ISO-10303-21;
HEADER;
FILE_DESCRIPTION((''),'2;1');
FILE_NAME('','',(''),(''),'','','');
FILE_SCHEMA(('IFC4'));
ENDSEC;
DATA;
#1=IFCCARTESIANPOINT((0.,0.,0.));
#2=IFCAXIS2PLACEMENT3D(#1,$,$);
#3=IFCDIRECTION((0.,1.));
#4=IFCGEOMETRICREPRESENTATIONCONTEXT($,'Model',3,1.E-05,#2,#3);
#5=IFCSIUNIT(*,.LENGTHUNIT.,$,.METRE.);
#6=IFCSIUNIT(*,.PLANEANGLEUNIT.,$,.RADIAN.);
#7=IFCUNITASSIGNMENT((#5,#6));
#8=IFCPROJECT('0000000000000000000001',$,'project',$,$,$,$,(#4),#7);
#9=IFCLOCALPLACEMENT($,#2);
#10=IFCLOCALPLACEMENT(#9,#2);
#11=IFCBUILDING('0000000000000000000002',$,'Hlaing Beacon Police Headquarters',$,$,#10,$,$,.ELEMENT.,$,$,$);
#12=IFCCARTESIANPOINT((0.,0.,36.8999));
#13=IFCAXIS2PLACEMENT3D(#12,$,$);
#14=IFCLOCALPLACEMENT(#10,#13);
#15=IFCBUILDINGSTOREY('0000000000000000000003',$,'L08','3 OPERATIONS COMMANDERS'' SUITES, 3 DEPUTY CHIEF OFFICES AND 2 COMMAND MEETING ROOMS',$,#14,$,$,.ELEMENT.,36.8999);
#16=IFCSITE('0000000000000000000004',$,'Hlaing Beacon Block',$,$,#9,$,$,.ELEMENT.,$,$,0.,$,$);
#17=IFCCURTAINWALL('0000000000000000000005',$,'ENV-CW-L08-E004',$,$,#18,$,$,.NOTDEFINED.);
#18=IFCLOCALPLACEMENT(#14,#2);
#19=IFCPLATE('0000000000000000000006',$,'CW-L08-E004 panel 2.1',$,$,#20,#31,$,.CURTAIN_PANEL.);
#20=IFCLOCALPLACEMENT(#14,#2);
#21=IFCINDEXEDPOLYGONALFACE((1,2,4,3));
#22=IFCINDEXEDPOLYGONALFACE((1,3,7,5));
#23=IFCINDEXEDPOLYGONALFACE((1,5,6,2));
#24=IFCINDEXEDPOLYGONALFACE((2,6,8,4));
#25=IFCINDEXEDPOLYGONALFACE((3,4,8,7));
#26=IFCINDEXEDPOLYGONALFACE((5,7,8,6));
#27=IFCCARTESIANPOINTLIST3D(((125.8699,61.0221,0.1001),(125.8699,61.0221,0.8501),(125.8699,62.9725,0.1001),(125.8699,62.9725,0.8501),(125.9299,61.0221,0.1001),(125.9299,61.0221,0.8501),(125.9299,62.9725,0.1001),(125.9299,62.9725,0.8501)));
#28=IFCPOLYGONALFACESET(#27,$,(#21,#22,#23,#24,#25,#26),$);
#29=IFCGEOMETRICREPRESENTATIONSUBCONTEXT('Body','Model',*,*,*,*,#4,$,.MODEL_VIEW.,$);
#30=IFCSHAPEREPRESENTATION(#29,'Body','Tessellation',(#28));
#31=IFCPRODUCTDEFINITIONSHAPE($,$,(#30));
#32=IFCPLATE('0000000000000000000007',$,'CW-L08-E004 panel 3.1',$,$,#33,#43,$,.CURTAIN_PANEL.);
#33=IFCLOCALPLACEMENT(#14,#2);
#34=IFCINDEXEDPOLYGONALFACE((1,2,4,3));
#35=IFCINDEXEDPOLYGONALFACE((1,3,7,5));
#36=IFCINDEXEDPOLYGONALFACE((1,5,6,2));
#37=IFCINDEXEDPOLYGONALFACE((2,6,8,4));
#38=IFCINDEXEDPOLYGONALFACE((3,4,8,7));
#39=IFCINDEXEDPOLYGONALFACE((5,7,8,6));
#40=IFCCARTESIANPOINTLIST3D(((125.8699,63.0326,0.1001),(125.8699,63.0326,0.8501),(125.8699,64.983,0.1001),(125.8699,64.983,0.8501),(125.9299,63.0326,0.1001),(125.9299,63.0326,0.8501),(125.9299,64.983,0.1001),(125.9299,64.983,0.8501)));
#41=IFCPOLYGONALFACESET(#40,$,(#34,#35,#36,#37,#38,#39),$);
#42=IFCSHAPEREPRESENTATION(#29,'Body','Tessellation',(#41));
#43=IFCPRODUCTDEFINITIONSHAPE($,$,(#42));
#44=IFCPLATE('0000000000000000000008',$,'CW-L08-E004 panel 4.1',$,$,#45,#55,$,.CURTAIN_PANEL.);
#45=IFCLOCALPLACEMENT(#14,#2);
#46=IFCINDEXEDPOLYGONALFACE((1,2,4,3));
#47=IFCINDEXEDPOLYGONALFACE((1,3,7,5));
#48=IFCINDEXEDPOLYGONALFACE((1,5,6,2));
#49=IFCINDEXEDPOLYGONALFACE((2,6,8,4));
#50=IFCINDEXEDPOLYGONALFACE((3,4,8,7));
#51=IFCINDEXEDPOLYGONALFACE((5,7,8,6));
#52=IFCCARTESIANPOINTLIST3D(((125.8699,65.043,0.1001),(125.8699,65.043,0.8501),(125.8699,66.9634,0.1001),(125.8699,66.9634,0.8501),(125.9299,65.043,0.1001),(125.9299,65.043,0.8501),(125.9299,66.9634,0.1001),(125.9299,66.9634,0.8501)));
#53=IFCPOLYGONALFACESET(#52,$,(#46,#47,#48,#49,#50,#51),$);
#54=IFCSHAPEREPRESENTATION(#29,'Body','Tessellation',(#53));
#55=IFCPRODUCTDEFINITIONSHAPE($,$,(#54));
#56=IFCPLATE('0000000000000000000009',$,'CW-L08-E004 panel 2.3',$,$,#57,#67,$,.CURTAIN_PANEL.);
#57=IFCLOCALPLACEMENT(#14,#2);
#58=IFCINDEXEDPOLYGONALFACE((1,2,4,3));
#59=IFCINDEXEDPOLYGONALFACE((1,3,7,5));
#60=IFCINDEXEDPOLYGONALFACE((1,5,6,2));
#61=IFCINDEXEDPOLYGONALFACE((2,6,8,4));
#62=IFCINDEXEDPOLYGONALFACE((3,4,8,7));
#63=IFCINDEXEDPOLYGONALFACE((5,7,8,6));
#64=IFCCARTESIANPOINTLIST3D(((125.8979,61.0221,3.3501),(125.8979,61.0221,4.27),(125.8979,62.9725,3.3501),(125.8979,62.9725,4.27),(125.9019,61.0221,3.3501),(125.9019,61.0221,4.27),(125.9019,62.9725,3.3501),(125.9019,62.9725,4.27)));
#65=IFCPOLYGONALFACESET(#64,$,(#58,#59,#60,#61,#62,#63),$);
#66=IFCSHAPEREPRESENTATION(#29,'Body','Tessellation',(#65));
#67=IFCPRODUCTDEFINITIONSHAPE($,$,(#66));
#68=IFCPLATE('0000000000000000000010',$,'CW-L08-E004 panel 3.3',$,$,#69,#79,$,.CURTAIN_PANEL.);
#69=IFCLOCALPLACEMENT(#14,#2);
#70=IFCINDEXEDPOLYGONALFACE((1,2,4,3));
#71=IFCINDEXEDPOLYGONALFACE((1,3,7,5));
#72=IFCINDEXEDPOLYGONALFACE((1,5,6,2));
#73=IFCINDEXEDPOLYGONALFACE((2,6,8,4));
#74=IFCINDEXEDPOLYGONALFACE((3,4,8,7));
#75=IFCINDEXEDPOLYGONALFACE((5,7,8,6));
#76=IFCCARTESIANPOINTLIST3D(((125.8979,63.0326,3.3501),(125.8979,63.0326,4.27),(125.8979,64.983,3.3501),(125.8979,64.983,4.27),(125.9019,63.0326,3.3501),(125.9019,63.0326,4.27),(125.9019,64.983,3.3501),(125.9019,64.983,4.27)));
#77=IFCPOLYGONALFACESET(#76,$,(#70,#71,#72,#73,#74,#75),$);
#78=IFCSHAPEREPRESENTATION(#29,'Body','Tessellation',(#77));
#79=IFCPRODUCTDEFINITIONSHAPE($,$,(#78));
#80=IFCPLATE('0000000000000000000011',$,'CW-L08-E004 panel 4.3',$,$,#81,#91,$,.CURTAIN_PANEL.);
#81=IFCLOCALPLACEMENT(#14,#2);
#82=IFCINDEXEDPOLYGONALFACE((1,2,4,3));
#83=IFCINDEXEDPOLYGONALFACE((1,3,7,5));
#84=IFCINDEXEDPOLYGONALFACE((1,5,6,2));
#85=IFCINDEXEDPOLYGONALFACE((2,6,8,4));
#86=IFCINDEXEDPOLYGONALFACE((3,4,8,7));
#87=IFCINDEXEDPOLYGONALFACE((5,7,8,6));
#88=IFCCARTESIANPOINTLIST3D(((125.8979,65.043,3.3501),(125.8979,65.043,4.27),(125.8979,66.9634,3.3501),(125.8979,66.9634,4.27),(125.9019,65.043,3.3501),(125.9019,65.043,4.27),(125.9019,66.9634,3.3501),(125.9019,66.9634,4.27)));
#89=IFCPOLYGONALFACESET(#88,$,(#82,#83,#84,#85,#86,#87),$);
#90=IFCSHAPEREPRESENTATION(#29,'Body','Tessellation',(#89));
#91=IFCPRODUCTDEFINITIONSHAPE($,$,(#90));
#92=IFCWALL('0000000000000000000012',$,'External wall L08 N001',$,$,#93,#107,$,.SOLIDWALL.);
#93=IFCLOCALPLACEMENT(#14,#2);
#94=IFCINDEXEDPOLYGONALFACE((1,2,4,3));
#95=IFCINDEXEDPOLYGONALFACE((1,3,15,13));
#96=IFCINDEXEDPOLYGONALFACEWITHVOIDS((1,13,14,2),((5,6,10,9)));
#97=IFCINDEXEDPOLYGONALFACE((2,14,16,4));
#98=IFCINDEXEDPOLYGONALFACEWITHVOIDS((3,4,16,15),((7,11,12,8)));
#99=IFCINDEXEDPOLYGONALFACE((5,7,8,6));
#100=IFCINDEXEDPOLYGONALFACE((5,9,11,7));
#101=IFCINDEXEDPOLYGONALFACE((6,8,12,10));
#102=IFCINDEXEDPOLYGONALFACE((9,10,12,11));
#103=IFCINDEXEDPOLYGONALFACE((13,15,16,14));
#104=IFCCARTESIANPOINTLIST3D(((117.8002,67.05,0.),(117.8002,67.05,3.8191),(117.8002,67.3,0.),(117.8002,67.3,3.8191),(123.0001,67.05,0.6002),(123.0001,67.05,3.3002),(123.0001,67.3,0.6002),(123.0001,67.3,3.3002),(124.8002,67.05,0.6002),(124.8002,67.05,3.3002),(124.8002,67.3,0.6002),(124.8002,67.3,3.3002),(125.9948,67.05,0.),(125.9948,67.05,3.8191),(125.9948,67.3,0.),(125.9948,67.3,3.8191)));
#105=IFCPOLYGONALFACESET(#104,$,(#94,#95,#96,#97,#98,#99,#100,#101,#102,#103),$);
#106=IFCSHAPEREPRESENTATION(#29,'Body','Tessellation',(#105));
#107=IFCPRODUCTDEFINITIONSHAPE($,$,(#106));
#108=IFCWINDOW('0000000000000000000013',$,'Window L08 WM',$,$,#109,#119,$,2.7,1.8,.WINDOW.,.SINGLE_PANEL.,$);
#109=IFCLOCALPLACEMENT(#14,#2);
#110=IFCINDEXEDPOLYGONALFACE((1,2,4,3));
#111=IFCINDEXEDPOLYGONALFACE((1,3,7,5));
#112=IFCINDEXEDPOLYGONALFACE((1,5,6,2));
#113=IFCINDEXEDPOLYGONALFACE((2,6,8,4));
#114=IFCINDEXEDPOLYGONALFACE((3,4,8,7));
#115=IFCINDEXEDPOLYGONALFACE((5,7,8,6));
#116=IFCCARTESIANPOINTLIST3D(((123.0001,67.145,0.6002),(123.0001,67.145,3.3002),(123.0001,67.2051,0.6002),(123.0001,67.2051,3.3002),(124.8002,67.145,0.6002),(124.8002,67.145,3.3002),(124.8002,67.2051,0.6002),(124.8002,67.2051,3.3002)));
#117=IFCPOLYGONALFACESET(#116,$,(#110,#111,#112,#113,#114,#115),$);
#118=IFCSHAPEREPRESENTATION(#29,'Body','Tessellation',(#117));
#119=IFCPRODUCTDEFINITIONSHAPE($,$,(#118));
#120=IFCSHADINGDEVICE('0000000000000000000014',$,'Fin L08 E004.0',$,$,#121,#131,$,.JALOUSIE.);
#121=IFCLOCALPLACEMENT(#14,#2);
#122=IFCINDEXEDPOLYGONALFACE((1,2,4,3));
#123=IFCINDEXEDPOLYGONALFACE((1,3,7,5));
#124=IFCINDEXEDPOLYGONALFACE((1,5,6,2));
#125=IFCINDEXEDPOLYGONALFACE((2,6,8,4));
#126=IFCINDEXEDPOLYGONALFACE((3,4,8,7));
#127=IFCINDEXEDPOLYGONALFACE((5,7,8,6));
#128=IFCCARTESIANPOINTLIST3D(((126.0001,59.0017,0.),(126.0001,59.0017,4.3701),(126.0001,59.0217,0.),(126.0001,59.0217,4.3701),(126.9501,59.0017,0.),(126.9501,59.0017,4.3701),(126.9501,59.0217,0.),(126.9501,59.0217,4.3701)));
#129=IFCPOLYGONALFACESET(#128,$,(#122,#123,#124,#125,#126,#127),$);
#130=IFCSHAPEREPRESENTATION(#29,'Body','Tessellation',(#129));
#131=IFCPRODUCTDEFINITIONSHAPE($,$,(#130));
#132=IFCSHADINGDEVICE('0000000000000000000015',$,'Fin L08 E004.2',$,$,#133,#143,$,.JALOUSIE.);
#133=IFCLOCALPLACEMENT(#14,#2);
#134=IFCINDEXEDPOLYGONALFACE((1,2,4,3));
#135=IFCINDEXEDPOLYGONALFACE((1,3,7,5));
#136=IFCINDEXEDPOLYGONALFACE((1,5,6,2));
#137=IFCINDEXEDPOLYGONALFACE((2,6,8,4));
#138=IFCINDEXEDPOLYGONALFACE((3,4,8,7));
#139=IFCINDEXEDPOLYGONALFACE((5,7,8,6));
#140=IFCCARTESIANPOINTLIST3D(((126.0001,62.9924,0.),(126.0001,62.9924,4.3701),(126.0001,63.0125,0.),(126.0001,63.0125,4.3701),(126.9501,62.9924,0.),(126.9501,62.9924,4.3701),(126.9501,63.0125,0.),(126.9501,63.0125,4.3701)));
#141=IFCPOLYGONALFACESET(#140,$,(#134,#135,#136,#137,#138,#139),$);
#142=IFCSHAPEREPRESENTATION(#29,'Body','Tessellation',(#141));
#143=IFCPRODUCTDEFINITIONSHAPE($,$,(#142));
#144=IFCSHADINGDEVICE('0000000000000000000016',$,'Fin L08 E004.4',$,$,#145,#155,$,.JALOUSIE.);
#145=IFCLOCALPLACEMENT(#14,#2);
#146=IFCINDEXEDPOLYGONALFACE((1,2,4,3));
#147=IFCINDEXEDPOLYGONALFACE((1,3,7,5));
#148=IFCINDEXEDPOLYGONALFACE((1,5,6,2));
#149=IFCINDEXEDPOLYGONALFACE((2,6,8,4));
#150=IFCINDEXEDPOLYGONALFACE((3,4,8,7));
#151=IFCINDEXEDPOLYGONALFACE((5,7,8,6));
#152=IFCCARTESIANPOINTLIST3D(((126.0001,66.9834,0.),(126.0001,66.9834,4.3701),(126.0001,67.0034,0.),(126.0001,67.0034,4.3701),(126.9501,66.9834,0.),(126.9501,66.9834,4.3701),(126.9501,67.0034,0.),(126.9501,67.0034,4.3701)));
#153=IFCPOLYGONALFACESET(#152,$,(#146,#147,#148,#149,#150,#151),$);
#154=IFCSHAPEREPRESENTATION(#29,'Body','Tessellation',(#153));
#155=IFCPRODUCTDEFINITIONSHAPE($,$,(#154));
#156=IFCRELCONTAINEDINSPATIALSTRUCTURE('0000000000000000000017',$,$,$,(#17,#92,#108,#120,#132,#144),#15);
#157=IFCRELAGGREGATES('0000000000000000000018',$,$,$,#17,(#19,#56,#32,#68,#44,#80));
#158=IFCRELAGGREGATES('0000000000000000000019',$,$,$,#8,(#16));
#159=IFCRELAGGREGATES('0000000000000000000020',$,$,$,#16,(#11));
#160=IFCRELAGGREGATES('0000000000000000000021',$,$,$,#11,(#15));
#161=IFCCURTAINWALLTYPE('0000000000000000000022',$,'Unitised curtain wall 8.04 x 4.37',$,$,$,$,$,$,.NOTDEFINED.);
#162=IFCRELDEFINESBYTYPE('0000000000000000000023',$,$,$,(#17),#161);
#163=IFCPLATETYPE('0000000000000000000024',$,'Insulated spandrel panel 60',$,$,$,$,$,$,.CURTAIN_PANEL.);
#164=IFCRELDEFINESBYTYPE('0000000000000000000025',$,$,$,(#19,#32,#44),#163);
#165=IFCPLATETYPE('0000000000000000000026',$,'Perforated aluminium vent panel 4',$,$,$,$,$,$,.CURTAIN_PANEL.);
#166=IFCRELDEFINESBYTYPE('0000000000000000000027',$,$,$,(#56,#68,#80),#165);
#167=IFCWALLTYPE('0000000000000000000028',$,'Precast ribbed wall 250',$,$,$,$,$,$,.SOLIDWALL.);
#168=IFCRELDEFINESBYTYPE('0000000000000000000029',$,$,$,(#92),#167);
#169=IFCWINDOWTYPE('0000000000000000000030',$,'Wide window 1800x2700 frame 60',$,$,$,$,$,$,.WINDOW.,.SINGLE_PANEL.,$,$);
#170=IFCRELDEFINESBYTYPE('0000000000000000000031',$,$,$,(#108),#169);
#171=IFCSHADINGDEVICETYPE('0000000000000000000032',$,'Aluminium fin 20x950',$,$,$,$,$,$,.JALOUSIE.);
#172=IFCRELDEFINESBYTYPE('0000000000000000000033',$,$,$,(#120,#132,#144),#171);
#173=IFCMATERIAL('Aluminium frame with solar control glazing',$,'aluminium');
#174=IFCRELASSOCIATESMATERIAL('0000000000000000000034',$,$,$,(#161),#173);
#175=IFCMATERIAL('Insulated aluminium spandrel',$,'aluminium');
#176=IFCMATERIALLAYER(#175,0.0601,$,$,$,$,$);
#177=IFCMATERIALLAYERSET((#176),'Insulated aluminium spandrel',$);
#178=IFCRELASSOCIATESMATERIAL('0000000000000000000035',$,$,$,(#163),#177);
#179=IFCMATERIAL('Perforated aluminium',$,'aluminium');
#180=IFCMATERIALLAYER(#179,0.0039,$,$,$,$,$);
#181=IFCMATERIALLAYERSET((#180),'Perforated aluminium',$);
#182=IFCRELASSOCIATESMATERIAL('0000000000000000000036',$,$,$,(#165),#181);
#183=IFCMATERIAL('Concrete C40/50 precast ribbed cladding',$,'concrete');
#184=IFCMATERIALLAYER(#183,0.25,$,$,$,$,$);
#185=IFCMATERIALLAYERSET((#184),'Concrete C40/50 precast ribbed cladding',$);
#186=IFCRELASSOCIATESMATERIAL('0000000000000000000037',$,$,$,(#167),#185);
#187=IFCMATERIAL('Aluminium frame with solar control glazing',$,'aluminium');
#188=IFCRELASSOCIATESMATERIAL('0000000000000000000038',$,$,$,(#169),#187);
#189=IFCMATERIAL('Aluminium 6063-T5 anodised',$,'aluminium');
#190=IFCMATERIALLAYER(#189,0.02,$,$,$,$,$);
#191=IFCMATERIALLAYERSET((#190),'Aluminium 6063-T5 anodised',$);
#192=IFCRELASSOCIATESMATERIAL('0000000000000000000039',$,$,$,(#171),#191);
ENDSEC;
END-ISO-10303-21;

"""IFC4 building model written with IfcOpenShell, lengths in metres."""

from ifc_helpers import new_model, si_unit, direction, frame, frame_2d, origin, origin_2d, place, context, subcontext, project, spatial, rectangle, extrude, material, layer, layer_set, type_object, element, fill, aggregate, save


model = new_model("IFC4")

# Units and contexts
model_context = context("Model", 3, precision=1e-05, world=origin(), true_north=direction((0.0, 1.0)))
body_context = subcontext(model_context, "Body", "Model", "MODEL_VIEW")
ifc_project = project(units=[si_unit("LENGTHUNIT", "METRE"), si_unit("PLANEANGLEUNIT", "RADIAN")], contexts=[model_context])

# Site, building, storey
site_placement = place(None, origin())
site = spatial("IfcSite", under=ifc_project, at=site_placement, Name="Hlaing Beacon Block", CompositionType="ELEMENT", RefElevation=0.0)
building_placement = place(site_placement, origin())
building = spatial("IfcBuilding", under=site, at=building_placement, Name="Hlaing Beacon Police Headquarters", CompositionType="ELEMENT")
storey_placement = place(building_placement, frame((0.0, 0.0, 36.8999)))
storey = spatial("IfcBuildingStorey", under=building, at=storey_placement, Name="L08", Description="3 OPERATIONS COMMANDERS' SUITES, 3 DEPUTY CHIEF OFFICES AND 2 COMMAND MEETING ROOMS", CompositionType="ELEMENT", Elevation=36.8999)

# Curtain wall, plates
ifc_material_1 = material(Name="Aluminium frame with solar control glazing", Category="aluminium")
curtain_wall_type = type_object("IfcCurtainWallType", Name="Unitised curtain wall 8.04 x 4.37", PredefinedType="NOTDEFINED", material=ifc_material_1)
curtain_wall_placement = place(storey_placement, origin())
curtain_wall = element("IfcCurtainWall", 1, at=curtain_wall_placement, inside=storey, type_object=curtain_wall_type, Name="ENV-CW-L08-E004", PredefinedType="NOTDEFINED")
ifc_material_2 = material(Name="Insulated aluminium spandrel", Category="aluminium")
ifc_layer_1 = layer(ifc_material_2, 0.0601)
ifc_layer_set_1 = layer_set([ifc_layer_1], Name="Insulated aluminium spandrel")
plate_type_1 = type_object("IfcPlateType", Name="Insulated spandrel panel 60", PredefinedType="CURTAIN_PANEL", material=ifc_layer_set_1)
plate_1_placement = place(storey_placement, frame((125.8999, 61.9973, 0.1001), z_axis=(0.0, 0.0, 1.0), x_axis=(0.0, 1.0, 0.0)))
plate_1 = element("IfcPlate", 2, at=plate_1_placement, type_object=plate_type_1, Name="CW-L08-E004 panel 2.1", PredefinedType="CURTAIN_PANEL", context=body_context, shape_type="SweptSolid", body=[
    extrude(rectangle(XDim=1.9504, YDim=0.0601, at=origin_2d()), origin(), (0.0, 0.0, 1.0), 0.75),
])
plate_2_placement = place(storey_placement, frame((125.8999, 64.0078, 0.1001), z_axis=(0.0, 0.0, 1.0), x_axis=(0.0, 1.0, 0.0)))
plate_2 = element("IfcPlate", 3, at=plate_2_placement, type_object=plate_type_1, Name="CW-L08-E004 panel 3.1", PredefinedType="CURTAIN_PANEL", context=body_context, shape_type="SweptSolid", body=[
    extrude(rectangle(XDim=1.9504, YDim=0.0601, at=origin_2d()), origin(), (0.0, 0.0, 1.0), 0.75),
])
plate_3_placement = place(storey_placement, frame((125.8999, 66.0032, 0.1001), z_axis=(0.0, 0.0, 1.0), x_axis=(0.0, 1.0, 0.0)))
plate_3 = element("IfcPlate", 4, at=plate_3_placement, type_object=plate_type_1, Name="CW-L08-E004 panel 4.1", PredefinedType="CURTAIN_PANEL", context=body_context, shape_type="SweptSolid", body=[
    extrude(rectangle(XDim=1.9204, YDim=0.0601, at=origin_2d()), origin(), (0.0, 0.0, 1.0), 0.75),
])
ifc_material_3 = material(Name="Perforated aluminium", Category="aluminium")
ifc_layer_2 = layer(ifc_material_3, 0.0039)
ifc_layer_set_2 = layer_set([ifc_layer_2], Name="Perforated aluminium")
plate_type_2 = type_object("IfcPlateType", Name="Perforated aluminium vent panel 4", PredefinedType="CURTAIN_PANEL", material=ifc_layer_set_2)
plate_4_placement = place(storey_placement, frame((125.8999, 61.9973, 3.3501), z_axis=(0.0, 0.0, 1.0), x_axis=(0.0, 1.0, 0.0)))
plate_4 = element("IfcPlate", 5, at=plate_4_placement, type_object=plate_type_2, Name="CW-L08-E004 panel 2.3", PredefinedType="CURTAIN_PANEL", context=body_context, shape_type="SweptSolid", body=[
    extrude(rectangle(XDim=1.9504, YDim=0.0039, at=origin_2d()), origin(), (0.0, 0.0, 1.0), 0.9199),
])
plate_5_placement = place(storey_placement, frame((125.8999, 64.0078, 3.3501), z_axis=(0.0, 0.0, 1.0), x_axis=(0.0, 1.0, 0.0)))
plate_5 = element("IfcPlate", 6, at=plate_5_placement, type_object=plate_type_2, Name="CW-L08-E004 panel 3.3", PredefinedType="CURTAIN_PANEL", context=body_context, shape_type="SweptSolid", body=[
    extrude(rectangle(XDim=1.9504, YDim=0.0039, at=origin_2d()), origin(), (0.0, 0.0, 1.0), 0.9199),
])
plate_6_placement = place(storey_placement, frame((125.8999, 66.0032, 3.3501), z_axis=(0.0, 0.0, 1.0), x_axis=(0.0, 1.0, 0.0)))
plate_6 = element("IfcPlate", 7, at=plate_6_placement, type_object=plate_type_2, Name="CW-L08-E004 panel 4.3", PredefinedType="CURTAIN_PANEL", context=body_context, shape_type="SweptSolid", body=[
    extrude(rectangle(XDim=1.9204, YDim=0.0039, at=origin_2d()), origin(), (0.0, 0.0, 1.0), 0.9199),
])
aggregate(curtain_wall, [plate_1, plate_4, plate_2, plate_5, plate_3, plate_6])

# Wall, opening, window
ifc_material_4 = material(Name="Concrete C40/50 precast ribbed cladding", Category="concrete")
ifc_layer_3 = layer(ifc_material_4, 0.25)
ifc_layer_set_3 = layer_set([ifc_layer_3], Name="Concrete C40/50 precast ribbed cladding")
wall_type = type_object("IfcWallType", Name="Precast ribbed wall 250", PredefinedType="SOLIDWALL", material=ifc_layer_set_3)
wall_placement = place(storey_placement, frame((125.9946, 67.175, 0.0), z_axis=(0.0, 0.0, 1.0), x_axis=(-1.0, 0.0, 0.0)))
wall = element("IfcWall", 8, at=wall_placement, inside=storey, type_object=wall_type, Name="External wall L08 N001", PredefinedType="SOLIDWALL", context=body_context, shape_type="SweptSolid", body=[
    extrude(rectangle(XDim=8.1946, YDim=0.25, at=frame_2d((4.0972, 0.0))), origin(), (0.0, 0.0, 1.0), 3.8191),
])
opening_placement = place(wall_placement, frame((1.1946, 0.0, 0.6001)))
opening = element("IfcOpeningElement", 9, at=opening_placement, cuts=wall, PredefinedType="OPENING", context=body_context, shape_type="SweptSolid", body=[
    extrude(rectangle(XDim=1.8, YDim=2.7, at=frame_2d((0.8999, 1.3501))), frame((0.0, 0.135, 0.0), z_axis=(0.0, -1.0, 0.0), x_axis=(1.0, 0.0, 0.0)), (0.0, 0.0, 1.0), 0.27),
])
ifc_material_5 = material(Name="Aluminium frame with solar control glazing", Category="aluminium")
window_type = type_object("IfcWindowType", Name="Wide window 1800x2700 frame 60", PartitioningType="SINGLE_PANEL", PredefinedType="WINDOW", material=ifc_material_5)
window_placement = place(opening_placement, origin())
window = element("IfcWindow", 10, at=window_placement, inside=storey, type_object=window_type, Name="Window L08 WM", OverallHeight=2.7, OverallWidth=1.8, PartitioningType="SINGLE_PANEL", PredefinedType="WINDOW", context=body_context, shape_type="SweptSolid", body=[
    extrude(rectangle(XDim=1.8, YDim=2.7, at=frame_2d((0.8999, 1.3501))), frame((0.0, 0.03, 0.0), z_axis=(0.0, -1.0, 0.0), x_axis=(1.0, 0.0, 0.0)), (0.0, 0.0, 1.0), 0.0601),
])
fill(opening, window)

# Shading devices
ifc_material_6 = material(Name="Aluminium 6063-T5 anodised", Category="aluminium")
ifc_layer_4 = layer(ifc_material_6, 0.02)
ifc_layer_set_4 = layer_set([ifc_layer_4], Name="Aluminium 6063-T5 anodised")
shading_device_type = type_object("IfcShadingDeviceType", Name="Aluminium fin 20x950", PredefinedType="JALOUSIE", material=ifc_layer_set_4)
for number, where, z_axis, x_axis, name in (
    (11, (126.4751, 59.0117, 0.0), (0.0, 0.0, 1.0), (0.0, 1.0, 0.0), "Fin L08 E004.0"),
    (12, (126.4751, 63.0024, 0.0), (0.0, 0.0, 1.0), (0.0, 1.0, 0.0), "Fin L08 E004.2"),
    (13, (126.4751, 66.9934, 0.0), (0.0, 0.0, 1.0), (0.0, 1.0, 0.0), "Fin L08 E004.4"),
):
    element("IfcShadingDevice", number, at=place(storey_placement, frame(where, z_axis=z_axis, x_axis=x_axis)), inside=storey, type_object=shading_device_type, Name=name, PredefinedType="JALOUSIE", context=body_context, shape_type="SweptSolid", body=[
        extrude(rectangle(XDim=0.02, YDim=0.95, at=origin_2d()), origin(), (0.0, 0.0, 1.0), 4.3701),
    ])

save(model, "model.ifc")
